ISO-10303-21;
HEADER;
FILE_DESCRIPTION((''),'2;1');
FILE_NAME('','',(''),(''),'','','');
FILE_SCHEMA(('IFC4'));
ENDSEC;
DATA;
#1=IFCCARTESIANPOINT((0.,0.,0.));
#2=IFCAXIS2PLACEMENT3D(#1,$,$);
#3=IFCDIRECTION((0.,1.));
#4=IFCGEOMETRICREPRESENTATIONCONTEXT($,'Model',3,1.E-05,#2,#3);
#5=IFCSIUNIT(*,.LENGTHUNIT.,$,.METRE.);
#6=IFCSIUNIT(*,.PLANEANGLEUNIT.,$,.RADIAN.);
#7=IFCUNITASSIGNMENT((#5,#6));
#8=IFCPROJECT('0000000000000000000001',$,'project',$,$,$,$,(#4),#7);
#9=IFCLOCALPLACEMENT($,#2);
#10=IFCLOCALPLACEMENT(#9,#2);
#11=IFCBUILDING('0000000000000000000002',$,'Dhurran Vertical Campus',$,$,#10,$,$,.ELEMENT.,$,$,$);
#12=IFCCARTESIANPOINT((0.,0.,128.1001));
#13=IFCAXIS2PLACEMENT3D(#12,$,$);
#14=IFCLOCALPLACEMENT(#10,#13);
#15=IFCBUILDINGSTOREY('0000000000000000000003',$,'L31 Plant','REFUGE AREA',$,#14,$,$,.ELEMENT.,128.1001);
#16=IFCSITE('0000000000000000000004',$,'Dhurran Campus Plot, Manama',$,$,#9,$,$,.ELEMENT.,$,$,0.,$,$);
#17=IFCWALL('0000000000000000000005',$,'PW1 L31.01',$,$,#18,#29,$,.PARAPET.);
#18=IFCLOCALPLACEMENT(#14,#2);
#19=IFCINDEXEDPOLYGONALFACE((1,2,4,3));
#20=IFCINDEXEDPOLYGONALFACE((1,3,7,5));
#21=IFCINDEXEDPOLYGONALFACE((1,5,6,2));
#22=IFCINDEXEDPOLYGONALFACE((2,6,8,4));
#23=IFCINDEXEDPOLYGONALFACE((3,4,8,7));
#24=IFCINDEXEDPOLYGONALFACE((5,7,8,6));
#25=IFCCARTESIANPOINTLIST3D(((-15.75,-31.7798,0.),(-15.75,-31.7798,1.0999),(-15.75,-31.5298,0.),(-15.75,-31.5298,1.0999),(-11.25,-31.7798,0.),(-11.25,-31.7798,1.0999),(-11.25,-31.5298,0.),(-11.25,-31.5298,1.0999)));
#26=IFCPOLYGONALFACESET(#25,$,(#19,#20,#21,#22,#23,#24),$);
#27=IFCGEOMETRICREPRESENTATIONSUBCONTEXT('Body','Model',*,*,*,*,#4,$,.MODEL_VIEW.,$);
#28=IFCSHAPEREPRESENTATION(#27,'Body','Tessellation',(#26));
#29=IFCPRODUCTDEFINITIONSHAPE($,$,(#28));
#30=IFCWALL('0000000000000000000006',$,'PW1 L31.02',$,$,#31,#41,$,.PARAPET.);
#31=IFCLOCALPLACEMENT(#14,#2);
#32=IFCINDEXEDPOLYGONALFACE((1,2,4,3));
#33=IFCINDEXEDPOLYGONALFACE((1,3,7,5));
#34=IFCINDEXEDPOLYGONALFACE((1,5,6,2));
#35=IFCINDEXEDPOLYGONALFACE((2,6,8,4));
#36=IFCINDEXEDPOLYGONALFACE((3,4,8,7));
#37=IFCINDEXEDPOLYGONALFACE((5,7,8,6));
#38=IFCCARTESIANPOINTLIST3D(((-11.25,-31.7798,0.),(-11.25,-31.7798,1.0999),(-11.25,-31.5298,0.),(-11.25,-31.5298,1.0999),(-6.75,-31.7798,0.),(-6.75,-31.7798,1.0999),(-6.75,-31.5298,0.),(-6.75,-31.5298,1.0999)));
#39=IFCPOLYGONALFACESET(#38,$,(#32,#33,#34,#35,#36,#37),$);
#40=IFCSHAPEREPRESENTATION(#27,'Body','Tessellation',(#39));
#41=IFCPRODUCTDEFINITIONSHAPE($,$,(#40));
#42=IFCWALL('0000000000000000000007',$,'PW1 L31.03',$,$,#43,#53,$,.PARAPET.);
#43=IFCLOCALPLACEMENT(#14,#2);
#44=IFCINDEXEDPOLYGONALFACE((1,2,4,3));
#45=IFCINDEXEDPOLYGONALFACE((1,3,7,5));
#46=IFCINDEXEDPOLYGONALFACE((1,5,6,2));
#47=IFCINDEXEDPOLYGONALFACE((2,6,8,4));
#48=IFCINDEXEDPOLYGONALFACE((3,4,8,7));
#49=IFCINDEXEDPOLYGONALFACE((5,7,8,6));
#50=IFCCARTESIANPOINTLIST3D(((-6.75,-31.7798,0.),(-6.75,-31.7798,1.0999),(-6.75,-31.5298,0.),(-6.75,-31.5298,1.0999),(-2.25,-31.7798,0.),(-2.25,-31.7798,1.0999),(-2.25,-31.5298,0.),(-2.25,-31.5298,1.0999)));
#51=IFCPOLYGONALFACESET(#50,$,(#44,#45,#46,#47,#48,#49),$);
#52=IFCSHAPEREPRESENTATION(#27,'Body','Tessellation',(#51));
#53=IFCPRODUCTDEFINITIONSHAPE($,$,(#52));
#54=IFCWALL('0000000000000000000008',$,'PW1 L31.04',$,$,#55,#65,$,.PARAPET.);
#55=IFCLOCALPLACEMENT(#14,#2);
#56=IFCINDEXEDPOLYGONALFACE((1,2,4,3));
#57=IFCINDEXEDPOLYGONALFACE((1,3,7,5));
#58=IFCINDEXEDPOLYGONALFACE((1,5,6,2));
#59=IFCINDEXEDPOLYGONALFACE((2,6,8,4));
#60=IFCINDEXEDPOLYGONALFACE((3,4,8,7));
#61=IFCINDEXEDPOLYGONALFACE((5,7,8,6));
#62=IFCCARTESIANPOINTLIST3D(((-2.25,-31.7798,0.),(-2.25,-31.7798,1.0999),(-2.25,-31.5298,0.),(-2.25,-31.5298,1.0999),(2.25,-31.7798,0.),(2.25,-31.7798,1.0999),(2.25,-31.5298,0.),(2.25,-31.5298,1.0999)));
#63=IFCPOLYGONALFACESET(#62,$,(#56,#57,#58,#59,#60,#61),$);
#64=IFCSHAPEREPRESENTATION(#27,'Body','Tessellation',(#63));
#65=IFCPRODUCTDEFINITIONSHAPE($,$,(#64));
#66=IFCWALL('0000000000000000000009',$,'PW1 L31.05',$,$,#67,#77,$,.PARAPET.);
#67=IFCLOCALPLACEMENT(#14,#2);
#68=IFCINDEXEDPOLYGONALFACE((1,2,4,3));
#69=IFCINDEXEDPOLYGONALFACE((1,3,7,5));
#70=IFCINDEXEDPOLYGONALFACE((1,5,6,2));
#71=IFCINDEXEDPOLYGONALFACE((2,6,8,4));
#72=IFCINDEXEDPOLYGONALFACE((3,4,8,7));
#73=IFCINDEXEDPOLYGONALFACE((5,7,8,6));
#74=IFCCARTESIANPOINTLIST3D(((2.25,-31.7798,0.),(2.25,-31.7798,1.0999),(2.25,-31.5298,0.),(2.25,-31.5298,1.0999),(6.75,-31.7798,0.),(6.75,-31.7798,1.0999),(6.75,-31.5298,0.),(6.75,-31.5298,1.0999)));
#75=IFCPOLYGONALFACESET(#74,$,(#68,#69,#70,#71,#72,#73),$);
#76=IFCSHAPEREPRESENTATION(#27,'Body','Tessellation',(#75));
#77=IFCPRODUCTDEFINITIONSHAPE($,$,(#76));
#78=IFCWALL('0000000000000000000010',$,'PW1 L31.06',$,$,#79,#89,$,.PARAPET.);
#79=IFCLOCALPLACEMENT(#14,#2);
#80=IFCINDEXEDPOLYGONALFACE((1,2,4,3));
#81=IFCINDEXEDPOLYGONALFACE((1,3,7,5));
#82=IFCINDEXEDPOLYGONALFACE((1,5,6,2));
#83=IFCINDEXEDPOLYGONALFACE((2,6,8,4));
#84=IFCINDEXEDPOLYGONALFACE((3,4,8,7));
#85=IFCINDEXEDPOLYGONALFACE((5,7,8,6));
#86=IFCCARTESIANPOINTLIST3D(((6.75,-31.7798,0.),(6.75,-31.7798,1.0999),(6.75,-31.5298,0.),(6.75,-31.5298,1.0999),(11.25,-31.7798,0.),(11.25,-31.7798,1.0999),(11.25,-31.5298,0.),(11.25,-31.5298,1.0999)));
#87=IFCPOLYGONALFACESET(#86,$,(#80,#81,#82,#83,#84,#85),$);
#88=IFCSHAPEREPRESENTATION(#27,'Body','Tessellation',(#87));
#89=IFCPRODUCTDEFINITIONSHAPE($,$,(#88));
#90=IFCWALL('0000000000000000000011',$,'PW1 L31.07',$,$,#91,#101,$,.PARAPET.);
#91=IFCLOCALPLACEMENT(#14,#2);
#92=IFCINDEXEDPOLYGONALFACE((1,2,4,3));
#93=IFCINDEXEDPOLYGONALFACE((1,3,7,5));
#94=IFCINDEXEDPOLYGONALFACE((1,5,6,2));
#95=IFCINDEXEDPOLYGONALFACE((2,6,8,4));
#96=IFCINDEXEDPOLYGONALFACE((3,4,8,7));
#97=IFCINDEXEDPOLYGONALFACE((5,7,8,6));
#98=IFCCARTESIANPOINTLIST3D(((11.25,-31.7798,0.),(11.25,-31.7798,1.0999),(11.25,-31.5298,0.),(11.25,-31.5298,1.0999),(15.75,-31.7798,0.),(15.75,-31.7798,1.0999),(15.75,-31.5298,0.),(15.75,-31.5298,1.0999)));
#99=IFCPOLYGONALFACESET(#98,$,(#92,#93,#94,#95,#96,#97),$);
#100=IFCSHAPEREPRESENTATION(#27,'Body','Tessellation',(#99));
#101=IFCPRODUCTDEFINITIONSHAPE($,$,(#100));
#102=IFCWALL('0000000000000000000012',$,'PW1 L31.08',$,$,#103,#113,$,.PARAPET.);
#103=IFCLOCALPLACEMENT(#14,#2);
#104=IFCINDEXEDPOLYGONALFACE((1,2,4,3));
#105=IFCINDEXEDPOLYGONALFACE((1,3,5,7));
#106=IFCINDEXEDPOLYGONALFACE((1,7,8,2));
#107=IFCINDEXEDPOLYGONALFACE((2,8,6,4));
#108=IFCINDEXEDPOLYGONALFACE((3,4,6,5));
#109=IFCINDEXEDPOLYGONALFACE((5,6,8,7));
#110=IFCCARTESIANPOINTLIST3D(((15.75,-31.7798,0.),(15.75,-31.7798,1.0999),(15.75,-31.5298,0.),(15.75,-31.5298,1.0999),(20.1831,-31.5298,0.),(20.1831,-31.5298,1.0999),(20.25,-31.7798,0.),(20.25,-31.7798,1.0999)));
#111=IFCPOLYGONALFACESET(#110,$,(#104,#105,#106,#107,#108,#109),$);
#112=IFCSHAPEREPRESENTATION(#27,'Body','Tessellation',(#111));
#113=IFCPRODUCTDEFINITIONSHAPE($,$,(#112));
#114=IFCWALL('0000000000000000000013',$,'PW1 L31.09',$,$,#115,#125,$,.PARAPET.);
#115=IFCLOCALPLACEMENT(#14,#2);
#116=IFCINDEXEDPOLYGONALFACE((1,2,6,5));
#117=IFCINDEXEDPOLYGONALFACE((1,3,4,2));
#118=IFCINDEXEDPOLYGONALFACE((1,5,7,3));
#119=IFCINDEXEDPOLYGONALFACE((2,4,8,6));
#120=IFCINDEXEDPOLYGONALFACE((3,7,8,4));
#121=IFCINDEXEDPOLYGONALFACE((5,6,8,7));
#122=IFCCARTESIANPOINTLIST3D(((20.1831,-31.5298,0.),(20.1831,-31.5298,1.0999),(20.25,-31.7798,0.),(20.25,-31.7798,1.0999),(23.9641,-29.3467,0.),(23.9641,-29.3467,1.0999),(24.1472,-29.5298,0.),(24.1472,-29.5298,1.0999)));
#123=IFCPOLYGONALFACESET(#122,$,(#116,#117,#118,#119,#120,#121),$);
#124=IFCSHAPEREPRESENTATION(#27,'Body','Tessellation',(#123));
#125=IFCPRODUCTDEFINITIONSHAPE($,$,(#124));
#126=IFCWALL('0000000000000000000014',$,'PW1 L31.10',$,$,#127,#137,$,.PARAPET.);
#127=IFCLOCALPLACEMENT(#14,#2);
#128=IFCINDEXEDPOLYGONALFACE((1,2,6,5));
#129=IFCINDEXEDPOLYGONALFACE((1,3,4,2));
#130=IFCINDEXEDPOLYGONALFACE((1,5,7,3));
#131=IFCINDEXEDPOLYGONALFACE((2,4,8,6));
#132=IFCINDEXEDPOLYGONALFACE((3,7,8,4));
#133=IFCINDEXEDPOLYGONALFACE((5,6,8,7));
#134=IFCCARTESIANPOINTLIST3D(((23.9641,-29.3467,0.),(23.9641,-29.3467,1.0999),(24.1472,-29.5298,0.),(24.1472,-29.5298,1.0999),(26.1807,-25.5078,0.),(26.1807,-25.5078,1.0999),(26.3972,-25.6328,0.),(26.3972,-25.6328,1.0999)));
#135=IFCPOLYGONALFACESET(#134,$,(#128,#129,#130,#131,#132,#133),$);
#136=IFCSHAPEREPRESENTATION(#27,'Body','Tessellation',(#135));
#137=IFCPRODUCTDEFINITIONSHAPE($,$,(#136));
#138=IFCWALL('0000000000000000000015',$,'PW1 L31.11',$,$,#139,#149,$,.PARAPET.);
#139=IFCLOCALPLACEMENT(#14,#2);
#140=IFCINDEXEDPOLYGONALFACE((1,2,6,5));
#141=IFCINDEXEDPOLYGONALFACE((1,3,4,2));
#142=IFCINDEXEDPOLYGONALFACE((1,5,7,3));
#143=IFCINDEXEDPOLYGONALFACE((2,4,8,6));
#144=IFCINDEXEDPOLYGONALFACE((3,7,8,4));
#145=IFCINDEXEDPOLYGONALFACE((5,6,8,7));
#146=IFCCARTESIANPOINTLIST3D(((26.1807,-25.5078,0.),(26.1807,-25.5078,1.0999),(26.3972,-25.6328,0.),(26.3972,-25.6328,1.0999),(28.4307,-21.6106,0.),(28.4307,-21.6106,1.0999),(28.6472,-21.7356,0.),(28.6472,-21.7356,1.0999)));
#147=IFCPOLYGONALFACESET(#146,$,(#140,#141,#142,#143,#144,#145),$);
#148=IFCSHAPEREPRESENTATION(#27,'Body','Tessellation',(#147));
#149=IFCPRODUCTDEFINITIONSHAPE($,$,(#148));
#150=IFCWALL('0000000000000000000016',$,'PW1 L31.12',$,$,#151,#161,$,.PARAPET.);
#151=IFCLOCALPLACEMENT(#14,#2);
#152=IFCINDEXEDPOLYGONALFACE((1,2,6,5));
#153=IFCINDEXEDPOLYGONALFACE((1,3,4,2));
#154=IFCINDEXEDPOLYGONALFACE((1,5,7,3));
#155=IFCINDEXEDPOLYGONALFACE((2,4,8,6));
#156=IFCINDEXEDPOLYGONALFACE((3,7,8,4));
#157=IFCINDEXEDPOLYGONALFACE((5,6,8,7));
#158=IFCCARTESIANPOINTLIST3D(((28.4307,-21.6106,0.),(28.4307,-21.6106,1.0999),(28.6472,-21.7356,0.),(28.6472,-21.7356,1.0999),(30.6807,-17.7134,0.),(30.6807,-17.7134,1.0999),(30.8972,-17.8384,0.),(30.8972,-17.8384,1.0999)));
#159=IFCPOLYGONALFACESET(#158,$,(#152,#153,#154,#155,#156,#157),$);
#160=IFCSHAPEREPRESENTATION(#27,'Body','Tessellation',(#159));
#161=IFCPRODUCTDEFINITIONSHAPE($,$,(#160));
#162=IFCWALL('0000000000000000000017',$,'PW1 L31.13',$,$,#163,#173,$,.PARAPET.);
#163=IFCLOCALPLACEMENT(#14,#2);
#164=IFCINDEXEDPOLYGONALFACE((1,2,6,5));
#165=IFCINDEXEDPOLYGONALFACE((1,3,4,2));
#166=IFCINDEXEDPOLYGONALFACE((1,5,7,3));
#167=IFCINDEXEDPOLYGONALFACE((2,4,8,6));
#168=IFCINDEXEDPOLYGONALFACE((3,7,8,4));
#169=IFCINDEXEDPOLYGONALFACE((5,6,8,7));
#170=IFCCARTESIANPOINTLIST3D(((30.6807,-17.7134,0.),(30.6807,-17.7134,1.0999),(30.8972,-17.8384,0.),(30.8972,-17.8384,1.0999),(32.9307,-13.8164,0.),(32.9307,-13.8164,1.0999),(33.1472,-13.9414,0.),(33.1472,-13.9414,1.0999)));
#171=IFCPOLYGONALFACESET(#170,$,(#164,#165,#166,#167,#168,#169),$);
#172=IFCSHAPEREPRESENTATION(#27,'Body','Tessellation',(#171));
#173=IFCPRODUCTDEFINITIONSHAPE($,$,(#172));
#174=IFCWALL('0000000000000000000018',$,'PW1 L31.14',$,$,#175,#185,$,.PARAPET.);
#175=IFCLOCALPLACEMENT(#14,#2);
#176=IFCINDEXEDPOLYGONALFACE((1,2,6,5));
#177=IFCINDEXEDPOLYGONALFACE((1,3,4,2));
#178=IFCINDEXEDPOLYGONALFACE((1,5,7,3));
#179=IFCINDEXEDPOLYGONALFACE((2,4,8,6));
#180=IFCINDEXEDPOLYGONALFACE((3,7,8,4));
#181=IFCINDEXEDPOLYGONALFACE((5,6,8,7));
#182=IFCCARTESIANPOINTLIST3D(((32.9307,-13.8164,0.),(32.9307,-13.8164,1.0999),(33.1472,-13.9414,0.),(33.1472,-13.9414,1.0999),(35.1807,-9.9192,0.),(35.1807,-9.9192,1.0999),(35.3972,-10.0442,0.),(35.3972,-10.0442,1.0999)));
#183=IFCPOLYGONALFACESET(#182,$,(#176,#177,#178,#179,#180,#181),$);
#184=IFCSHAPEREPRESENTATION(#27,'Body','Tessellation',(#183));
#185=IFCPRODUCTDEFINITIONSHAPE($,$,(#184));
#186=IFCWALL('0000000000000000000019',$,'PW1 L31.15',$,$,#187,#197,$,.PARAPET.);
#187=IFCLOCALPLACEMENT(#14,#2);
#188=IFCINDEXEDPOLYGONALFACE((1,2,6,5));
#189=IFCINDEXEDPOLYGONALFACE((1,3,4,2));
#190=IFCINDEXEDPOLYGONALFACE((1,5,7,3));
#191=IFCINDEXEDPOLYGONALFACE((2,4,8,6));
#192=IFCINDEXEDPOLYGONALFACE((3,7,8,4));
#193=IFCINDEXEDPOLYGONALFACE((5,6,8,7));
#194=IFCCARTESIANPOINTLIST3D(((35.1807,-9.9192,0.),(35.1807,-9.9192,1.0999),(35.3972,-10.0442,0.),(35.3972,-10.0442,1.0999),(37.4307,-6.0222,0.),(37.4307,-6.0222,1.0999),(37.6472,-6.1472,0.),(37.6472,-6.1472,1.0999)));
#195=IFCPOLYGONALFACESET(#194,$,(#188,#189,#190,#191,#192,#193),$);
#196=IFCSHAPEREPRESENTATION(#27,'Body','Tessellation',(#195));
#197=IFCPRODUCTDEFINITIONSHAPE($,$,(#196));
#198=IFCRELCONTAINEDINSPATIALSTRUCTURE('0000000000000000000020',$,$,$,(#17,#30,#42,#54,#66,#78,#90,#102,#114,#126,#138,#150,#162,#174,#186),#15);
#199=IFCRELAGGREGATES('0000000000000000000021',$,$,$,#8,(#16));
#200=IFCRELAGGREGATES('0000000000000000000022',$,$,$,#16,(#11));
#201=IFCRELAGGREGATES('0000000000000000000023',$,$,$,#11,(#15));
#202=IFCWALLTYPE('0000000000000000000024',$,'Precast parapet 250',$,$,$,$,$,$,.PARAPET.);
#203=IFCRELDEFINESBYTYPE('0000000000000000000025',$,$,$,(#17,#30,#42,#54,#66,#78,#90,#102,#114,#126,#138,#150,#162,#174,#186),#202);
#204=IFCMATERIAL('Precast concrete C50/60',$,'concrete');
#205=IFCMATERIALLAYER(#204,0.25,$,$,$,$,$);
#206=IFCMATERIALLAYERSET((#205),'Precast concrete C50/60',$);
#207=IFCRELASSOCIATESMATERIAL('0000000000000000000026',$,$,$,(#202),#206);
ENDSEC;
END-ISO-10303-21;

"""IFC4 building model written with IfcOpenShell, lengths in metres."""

from ifc_helpers import new_model, si_unit, direction, frame, origin, place, context, subcontext, project, spatial, polyline, outline, extrude, material, layer, layer_set, type_object, element, save


model = new_model("IFC4")

# Units and contexts
model_context = context("Model", 3, precision=1e-05, world=origin(), true_north=direction((0.0, 1.0)))
body_context = subcontext(model_context, "Body", "Model", "MODEL_VIEW")
ifc_project = project(units=[si_unit("LENGTHUNIT", "METRE"), si_unit("PLANEANGLEUNIT", "RADIAN")], contexts=[model_context])

# Site, building, storey
site_placement = place(None, origin())
site = spatial("IfcSite", under=ifc_project, at=site_placement, Name="Dhurran Campus Plot, Manama", CompositionType="ELEMENT", RefElevation=0.0)
building_placement = place(site_placement, origin())
building = spatial("IfcBuilding", under=site, at=building_placement, Name="Dhurran Vertical Campus", CompositionType="ELEMENT")
storey_placement = place(building_placement, frame((0.0, 0.0, 128.1001)))
storey = spatial("IfcBuildingStorey", under=building, at=storey_placement, Name="L31 Plant", Description="REFUGE AREA", CompositionType="ELEMENT", Elevation=128.1001)

# Walls
ifc_material = material(Name="Precast concrete C50/60", Category="concrete")
ifc_layer = layer(ifc_material, 0.25)
ifc_layer_set = layer_set([ifc_layer], Name="Precast concrete C50/60")
wall_type = type_object("IfcWallType", Name="Precast parapet 250", PredefinedType="PARAPET", material=ifc_layer_set)
wall_1_placement = place(storey_placement, origin())
element("IfcWall", 1, at=wall_1_placement, inside=storey, type_object=wall_type, Name="PW1 L31.01", PredefinedType="PARAPET", context=body_context, shape_type="SweptSolid", body=[
    extrude(outline(polyline([(-15.75, -31.7798), (-11.25, -31.7798), (-11.25, -31.5298), (-15.75, -31.5298), (-15.75, -31.7798)])), origin(), (0.0, 0.0, 1.0), 1.0999),
])
wall_2_placement = place(storey_placement, origin())
element("IfcWall", 2, at=wall_2_placement, inside=storey, type_object=wall_type, Name="PW1 L31.02", PredefinedType="PARAPET", context=body_context, shape_type="SweptSolid", body=[
    extrude(outline(polyline([(-11.25, -31.7798), (-6.75, -31.7798), (-6.75, -31.5298), (-11.25, -31.5298), (-11.25, -31.7798)])), origin(), (0.0, 0.0, 1.0), 1.0999),
])
wall_3_placement = place(storey_placement, origin())
element("IfcWall", 3, at=wall_3_placement, inside=storey, type_object=wall_type, Name="PW1 L31.03", PredefinedType="PARAPET", context=body_context, shape_type="SweptSolid", body=[
    extrude(outline(polyline([(-6.75, -31.7798), (-2.25, -31.7798), (-2.25, -31.5298), (-6.75, -31.5298), (-6.75, -31.7798)])), origin(), (0.0, 0.0, 1.0), 1.0999),
])
wall_4_placement = place(storey_placement, origin())
element("IfcWall", 4, at=wall_4_placement, inside=storey, type_object=wall_type, Name="PW1 L31.04", PredefinedType="PARAPET", context=body_context, shape_type="SweptSolid", body=[
    extrude(outline(polyline([(-2.25, -31.7798), (2.25, -31.7798), (2.25, -31.5298), (-2.25, -31.5298), (-2.25, -31.7798)])), origin(), (0.0, 0.0, 1.0), 1.0999),
])
wall_5_placement = place(storey_placement, origin())
element("IfcWall", 5, at=wall_5_placement, inside=storey, type_object=wall_type, Name="PW1 L31.05", PredefinedType="PARAPET", context=body_context, shape_type="SweptSolid", body=[
    extrude(outline(polyline([(2.25, -31.7798), (6.75, -31.7798), (6.75, -31.5298), (2.25, -31.5298), (2.25, -31.7798)])), origin(), (0.0, 0.0, 1.0), 1.0999),
])
wall_6_placement = place(storey_placement, origin())
element("IfcWall", 6, at=wall_6_placement, inside=storey, type_object=wall_type, Name="PW1 L31.06", PredefinedType="PARAPET", context=body_context, shape_type="SweptSolid", body=[
    extrude(outline(polyline([(6.75, -31.7798), (11.25, -31.7798), (11.25, -31.5298), (6.75, -31.5298), (6.75, -31.7798)])), origin(), (0.0, 0.0, 1.0), 1.0999),
])
wall_7_placement = place(storey_placement, origin())
element("IfcWall", 7, at=wall_7_placement, inside=storey, type_object=wall_type, Name="PW1 L31.07", PredefinedType="PARAPET", context=body_context, shape_type="SweptSolid", body=[
    extrude(outline(polyline([(11.25, -31.7798), (15.75, -31.7798), (15.75, -31.5298), (11.25, -31.5298), (11.25, -31.7798)])), origin(), (0.0, 0.0, 1.0), 1.0999),
])
wall_8_placement = place(storey_placement, origin())
element("IfcWall", 8, at=wall_8_placement, inside=storey, type_object=wall_type, Name="PW1 L31.08", PredefinedType="PARAPET", context=body_context, shape_type="SweptSolid", body=[
    extrude(outline(polyline([(15.75, -31.7798), (20.25, -31.7798), (20.1831, -31.5298), (15.75, -31.5298), (15.75, -31.7798)])), origin(), (0.0, 0.0, 1.0), 1.0999),
])
wall_9_placement = place(storey_placement, origin())
element("IfcWall", 9, at=wall_9_placement, inside=storey, type_object=wall_type, Name="PW1 L31.09", PredefinedType="PARAPET", context=body_context, shape_type="SweptSolid", body=[
    extrude(outline(polyline([(20.25, -31.7798), (24.1472, -29.5298), (23.9641, -29.3467), (20.1831, -31.5298), (20.25, -31.7798)])), origin(), (0.0, 0.0, 1.0), 1.0999),
])
wall_10_placement = place(storey_placement, origin())
element("IfcWall", 10, at=wall_10_placement, inside=storey, type_object=wall_type, Name="PW1 L31.10", PredefinedType="PARAPET", context=body_context, shape_type="SweptSolid", body=[
    extrude(outline(polyline([(24.1472, -29.5298), (26.3972, -25.6328), (26.1807, -25.5078), (23.9641, -29.3467), (24.1472, -29.5298)])), origin(), (0.0, 0.0, 1.0), 1.0999),
])
wall_11_placement = place(storey_placement, origin())
element("IfcWall", 11, at=wall_11_placement, inside=storey, type_object=wall_type, Name="PW1 L31.11", PredefinedType="PARAPET", context=body_context, shape_type="SweptSolid", body=[
    extrude(outline(polyline([(26.3972, -25.6328), (28.6472, -21.7356), (28.4307, -21.6106), (26.1807, -25.5078), (26.3972, -25.6328)])), origin(), (0.0, 0.0, 1.0), 1.0999),
])
wall_12_placement = place(storey_placement, origin())
element("IfcWall", 12, at=wall_12_placement, inside=storey, type_object=wall_type, Name="PW1 L31.12", PredefinedType="PARAPET", context=body_context, shape_type="SweptSolid", body=[
    extrude(outline(polyline([(28.6472, -21.7356), (30.8972, -17.8384), (30.6807, -17.7134), (28.4307, -21.6106), (28.6472, -21.7356)])), origin(), (0.0, 0.0, 1.0), 1.0999),
])
wall_13_placement = place(storey_placement, origin())
element("IfcWall", 13, at=wall_13_placement, inside=storey, type_object=wall_type, Name="PW1 L31.13", PredefinedType="PARAPET", context=body_context, shape_type="SweptSolid", body=[
    extrude(outline(polyline([(30.8972, -17.8384), (33.1472, -13.9414), (32.9307, -13.8164), (30.6807, -17.7134), (30.8972, -17.8384)])), origin(), (0.0, 0.0, 1.0), 1.0999),
])
wall_14_placement = place(storey_placement, origin())
element("IfcWall", 14, at=wall_14_placement, inside=storey, type_object=wall_type, Name="PW1 L31.14", PredefinedType="PARAPET", context=body_context, shape_type="SweptSolid", body=[
    extrude(outline(polyline([(33.1472, -13.9414), (35.3972, -10.0442), (35.1807, -9.9192), (32.9307, -13.8164), (33.1472, -13.9414)])), origin(), (0.0, 0.0, 1.0), 1.0999),
])
wall_15_placement = place(storey_placement, origin())
element("IfcWall", 15, at=wall_15_placement, inside=storey, type_object=wall_type, Name="PW1 L31.15", PredefinedType="PARAPET", context=body_context, shape_type="SweptSolid", body=[
    extrude(outline(polyline([(35.3972, -10.0442), (37.6472, -6.1472), (37.4307, -6.0222), (35.1807, -9.9192), (35.3972, -10.0442)])), origin(), (0.0, 0.0, 1.0), 1.0999),
])

save(model, "model.ifc")
